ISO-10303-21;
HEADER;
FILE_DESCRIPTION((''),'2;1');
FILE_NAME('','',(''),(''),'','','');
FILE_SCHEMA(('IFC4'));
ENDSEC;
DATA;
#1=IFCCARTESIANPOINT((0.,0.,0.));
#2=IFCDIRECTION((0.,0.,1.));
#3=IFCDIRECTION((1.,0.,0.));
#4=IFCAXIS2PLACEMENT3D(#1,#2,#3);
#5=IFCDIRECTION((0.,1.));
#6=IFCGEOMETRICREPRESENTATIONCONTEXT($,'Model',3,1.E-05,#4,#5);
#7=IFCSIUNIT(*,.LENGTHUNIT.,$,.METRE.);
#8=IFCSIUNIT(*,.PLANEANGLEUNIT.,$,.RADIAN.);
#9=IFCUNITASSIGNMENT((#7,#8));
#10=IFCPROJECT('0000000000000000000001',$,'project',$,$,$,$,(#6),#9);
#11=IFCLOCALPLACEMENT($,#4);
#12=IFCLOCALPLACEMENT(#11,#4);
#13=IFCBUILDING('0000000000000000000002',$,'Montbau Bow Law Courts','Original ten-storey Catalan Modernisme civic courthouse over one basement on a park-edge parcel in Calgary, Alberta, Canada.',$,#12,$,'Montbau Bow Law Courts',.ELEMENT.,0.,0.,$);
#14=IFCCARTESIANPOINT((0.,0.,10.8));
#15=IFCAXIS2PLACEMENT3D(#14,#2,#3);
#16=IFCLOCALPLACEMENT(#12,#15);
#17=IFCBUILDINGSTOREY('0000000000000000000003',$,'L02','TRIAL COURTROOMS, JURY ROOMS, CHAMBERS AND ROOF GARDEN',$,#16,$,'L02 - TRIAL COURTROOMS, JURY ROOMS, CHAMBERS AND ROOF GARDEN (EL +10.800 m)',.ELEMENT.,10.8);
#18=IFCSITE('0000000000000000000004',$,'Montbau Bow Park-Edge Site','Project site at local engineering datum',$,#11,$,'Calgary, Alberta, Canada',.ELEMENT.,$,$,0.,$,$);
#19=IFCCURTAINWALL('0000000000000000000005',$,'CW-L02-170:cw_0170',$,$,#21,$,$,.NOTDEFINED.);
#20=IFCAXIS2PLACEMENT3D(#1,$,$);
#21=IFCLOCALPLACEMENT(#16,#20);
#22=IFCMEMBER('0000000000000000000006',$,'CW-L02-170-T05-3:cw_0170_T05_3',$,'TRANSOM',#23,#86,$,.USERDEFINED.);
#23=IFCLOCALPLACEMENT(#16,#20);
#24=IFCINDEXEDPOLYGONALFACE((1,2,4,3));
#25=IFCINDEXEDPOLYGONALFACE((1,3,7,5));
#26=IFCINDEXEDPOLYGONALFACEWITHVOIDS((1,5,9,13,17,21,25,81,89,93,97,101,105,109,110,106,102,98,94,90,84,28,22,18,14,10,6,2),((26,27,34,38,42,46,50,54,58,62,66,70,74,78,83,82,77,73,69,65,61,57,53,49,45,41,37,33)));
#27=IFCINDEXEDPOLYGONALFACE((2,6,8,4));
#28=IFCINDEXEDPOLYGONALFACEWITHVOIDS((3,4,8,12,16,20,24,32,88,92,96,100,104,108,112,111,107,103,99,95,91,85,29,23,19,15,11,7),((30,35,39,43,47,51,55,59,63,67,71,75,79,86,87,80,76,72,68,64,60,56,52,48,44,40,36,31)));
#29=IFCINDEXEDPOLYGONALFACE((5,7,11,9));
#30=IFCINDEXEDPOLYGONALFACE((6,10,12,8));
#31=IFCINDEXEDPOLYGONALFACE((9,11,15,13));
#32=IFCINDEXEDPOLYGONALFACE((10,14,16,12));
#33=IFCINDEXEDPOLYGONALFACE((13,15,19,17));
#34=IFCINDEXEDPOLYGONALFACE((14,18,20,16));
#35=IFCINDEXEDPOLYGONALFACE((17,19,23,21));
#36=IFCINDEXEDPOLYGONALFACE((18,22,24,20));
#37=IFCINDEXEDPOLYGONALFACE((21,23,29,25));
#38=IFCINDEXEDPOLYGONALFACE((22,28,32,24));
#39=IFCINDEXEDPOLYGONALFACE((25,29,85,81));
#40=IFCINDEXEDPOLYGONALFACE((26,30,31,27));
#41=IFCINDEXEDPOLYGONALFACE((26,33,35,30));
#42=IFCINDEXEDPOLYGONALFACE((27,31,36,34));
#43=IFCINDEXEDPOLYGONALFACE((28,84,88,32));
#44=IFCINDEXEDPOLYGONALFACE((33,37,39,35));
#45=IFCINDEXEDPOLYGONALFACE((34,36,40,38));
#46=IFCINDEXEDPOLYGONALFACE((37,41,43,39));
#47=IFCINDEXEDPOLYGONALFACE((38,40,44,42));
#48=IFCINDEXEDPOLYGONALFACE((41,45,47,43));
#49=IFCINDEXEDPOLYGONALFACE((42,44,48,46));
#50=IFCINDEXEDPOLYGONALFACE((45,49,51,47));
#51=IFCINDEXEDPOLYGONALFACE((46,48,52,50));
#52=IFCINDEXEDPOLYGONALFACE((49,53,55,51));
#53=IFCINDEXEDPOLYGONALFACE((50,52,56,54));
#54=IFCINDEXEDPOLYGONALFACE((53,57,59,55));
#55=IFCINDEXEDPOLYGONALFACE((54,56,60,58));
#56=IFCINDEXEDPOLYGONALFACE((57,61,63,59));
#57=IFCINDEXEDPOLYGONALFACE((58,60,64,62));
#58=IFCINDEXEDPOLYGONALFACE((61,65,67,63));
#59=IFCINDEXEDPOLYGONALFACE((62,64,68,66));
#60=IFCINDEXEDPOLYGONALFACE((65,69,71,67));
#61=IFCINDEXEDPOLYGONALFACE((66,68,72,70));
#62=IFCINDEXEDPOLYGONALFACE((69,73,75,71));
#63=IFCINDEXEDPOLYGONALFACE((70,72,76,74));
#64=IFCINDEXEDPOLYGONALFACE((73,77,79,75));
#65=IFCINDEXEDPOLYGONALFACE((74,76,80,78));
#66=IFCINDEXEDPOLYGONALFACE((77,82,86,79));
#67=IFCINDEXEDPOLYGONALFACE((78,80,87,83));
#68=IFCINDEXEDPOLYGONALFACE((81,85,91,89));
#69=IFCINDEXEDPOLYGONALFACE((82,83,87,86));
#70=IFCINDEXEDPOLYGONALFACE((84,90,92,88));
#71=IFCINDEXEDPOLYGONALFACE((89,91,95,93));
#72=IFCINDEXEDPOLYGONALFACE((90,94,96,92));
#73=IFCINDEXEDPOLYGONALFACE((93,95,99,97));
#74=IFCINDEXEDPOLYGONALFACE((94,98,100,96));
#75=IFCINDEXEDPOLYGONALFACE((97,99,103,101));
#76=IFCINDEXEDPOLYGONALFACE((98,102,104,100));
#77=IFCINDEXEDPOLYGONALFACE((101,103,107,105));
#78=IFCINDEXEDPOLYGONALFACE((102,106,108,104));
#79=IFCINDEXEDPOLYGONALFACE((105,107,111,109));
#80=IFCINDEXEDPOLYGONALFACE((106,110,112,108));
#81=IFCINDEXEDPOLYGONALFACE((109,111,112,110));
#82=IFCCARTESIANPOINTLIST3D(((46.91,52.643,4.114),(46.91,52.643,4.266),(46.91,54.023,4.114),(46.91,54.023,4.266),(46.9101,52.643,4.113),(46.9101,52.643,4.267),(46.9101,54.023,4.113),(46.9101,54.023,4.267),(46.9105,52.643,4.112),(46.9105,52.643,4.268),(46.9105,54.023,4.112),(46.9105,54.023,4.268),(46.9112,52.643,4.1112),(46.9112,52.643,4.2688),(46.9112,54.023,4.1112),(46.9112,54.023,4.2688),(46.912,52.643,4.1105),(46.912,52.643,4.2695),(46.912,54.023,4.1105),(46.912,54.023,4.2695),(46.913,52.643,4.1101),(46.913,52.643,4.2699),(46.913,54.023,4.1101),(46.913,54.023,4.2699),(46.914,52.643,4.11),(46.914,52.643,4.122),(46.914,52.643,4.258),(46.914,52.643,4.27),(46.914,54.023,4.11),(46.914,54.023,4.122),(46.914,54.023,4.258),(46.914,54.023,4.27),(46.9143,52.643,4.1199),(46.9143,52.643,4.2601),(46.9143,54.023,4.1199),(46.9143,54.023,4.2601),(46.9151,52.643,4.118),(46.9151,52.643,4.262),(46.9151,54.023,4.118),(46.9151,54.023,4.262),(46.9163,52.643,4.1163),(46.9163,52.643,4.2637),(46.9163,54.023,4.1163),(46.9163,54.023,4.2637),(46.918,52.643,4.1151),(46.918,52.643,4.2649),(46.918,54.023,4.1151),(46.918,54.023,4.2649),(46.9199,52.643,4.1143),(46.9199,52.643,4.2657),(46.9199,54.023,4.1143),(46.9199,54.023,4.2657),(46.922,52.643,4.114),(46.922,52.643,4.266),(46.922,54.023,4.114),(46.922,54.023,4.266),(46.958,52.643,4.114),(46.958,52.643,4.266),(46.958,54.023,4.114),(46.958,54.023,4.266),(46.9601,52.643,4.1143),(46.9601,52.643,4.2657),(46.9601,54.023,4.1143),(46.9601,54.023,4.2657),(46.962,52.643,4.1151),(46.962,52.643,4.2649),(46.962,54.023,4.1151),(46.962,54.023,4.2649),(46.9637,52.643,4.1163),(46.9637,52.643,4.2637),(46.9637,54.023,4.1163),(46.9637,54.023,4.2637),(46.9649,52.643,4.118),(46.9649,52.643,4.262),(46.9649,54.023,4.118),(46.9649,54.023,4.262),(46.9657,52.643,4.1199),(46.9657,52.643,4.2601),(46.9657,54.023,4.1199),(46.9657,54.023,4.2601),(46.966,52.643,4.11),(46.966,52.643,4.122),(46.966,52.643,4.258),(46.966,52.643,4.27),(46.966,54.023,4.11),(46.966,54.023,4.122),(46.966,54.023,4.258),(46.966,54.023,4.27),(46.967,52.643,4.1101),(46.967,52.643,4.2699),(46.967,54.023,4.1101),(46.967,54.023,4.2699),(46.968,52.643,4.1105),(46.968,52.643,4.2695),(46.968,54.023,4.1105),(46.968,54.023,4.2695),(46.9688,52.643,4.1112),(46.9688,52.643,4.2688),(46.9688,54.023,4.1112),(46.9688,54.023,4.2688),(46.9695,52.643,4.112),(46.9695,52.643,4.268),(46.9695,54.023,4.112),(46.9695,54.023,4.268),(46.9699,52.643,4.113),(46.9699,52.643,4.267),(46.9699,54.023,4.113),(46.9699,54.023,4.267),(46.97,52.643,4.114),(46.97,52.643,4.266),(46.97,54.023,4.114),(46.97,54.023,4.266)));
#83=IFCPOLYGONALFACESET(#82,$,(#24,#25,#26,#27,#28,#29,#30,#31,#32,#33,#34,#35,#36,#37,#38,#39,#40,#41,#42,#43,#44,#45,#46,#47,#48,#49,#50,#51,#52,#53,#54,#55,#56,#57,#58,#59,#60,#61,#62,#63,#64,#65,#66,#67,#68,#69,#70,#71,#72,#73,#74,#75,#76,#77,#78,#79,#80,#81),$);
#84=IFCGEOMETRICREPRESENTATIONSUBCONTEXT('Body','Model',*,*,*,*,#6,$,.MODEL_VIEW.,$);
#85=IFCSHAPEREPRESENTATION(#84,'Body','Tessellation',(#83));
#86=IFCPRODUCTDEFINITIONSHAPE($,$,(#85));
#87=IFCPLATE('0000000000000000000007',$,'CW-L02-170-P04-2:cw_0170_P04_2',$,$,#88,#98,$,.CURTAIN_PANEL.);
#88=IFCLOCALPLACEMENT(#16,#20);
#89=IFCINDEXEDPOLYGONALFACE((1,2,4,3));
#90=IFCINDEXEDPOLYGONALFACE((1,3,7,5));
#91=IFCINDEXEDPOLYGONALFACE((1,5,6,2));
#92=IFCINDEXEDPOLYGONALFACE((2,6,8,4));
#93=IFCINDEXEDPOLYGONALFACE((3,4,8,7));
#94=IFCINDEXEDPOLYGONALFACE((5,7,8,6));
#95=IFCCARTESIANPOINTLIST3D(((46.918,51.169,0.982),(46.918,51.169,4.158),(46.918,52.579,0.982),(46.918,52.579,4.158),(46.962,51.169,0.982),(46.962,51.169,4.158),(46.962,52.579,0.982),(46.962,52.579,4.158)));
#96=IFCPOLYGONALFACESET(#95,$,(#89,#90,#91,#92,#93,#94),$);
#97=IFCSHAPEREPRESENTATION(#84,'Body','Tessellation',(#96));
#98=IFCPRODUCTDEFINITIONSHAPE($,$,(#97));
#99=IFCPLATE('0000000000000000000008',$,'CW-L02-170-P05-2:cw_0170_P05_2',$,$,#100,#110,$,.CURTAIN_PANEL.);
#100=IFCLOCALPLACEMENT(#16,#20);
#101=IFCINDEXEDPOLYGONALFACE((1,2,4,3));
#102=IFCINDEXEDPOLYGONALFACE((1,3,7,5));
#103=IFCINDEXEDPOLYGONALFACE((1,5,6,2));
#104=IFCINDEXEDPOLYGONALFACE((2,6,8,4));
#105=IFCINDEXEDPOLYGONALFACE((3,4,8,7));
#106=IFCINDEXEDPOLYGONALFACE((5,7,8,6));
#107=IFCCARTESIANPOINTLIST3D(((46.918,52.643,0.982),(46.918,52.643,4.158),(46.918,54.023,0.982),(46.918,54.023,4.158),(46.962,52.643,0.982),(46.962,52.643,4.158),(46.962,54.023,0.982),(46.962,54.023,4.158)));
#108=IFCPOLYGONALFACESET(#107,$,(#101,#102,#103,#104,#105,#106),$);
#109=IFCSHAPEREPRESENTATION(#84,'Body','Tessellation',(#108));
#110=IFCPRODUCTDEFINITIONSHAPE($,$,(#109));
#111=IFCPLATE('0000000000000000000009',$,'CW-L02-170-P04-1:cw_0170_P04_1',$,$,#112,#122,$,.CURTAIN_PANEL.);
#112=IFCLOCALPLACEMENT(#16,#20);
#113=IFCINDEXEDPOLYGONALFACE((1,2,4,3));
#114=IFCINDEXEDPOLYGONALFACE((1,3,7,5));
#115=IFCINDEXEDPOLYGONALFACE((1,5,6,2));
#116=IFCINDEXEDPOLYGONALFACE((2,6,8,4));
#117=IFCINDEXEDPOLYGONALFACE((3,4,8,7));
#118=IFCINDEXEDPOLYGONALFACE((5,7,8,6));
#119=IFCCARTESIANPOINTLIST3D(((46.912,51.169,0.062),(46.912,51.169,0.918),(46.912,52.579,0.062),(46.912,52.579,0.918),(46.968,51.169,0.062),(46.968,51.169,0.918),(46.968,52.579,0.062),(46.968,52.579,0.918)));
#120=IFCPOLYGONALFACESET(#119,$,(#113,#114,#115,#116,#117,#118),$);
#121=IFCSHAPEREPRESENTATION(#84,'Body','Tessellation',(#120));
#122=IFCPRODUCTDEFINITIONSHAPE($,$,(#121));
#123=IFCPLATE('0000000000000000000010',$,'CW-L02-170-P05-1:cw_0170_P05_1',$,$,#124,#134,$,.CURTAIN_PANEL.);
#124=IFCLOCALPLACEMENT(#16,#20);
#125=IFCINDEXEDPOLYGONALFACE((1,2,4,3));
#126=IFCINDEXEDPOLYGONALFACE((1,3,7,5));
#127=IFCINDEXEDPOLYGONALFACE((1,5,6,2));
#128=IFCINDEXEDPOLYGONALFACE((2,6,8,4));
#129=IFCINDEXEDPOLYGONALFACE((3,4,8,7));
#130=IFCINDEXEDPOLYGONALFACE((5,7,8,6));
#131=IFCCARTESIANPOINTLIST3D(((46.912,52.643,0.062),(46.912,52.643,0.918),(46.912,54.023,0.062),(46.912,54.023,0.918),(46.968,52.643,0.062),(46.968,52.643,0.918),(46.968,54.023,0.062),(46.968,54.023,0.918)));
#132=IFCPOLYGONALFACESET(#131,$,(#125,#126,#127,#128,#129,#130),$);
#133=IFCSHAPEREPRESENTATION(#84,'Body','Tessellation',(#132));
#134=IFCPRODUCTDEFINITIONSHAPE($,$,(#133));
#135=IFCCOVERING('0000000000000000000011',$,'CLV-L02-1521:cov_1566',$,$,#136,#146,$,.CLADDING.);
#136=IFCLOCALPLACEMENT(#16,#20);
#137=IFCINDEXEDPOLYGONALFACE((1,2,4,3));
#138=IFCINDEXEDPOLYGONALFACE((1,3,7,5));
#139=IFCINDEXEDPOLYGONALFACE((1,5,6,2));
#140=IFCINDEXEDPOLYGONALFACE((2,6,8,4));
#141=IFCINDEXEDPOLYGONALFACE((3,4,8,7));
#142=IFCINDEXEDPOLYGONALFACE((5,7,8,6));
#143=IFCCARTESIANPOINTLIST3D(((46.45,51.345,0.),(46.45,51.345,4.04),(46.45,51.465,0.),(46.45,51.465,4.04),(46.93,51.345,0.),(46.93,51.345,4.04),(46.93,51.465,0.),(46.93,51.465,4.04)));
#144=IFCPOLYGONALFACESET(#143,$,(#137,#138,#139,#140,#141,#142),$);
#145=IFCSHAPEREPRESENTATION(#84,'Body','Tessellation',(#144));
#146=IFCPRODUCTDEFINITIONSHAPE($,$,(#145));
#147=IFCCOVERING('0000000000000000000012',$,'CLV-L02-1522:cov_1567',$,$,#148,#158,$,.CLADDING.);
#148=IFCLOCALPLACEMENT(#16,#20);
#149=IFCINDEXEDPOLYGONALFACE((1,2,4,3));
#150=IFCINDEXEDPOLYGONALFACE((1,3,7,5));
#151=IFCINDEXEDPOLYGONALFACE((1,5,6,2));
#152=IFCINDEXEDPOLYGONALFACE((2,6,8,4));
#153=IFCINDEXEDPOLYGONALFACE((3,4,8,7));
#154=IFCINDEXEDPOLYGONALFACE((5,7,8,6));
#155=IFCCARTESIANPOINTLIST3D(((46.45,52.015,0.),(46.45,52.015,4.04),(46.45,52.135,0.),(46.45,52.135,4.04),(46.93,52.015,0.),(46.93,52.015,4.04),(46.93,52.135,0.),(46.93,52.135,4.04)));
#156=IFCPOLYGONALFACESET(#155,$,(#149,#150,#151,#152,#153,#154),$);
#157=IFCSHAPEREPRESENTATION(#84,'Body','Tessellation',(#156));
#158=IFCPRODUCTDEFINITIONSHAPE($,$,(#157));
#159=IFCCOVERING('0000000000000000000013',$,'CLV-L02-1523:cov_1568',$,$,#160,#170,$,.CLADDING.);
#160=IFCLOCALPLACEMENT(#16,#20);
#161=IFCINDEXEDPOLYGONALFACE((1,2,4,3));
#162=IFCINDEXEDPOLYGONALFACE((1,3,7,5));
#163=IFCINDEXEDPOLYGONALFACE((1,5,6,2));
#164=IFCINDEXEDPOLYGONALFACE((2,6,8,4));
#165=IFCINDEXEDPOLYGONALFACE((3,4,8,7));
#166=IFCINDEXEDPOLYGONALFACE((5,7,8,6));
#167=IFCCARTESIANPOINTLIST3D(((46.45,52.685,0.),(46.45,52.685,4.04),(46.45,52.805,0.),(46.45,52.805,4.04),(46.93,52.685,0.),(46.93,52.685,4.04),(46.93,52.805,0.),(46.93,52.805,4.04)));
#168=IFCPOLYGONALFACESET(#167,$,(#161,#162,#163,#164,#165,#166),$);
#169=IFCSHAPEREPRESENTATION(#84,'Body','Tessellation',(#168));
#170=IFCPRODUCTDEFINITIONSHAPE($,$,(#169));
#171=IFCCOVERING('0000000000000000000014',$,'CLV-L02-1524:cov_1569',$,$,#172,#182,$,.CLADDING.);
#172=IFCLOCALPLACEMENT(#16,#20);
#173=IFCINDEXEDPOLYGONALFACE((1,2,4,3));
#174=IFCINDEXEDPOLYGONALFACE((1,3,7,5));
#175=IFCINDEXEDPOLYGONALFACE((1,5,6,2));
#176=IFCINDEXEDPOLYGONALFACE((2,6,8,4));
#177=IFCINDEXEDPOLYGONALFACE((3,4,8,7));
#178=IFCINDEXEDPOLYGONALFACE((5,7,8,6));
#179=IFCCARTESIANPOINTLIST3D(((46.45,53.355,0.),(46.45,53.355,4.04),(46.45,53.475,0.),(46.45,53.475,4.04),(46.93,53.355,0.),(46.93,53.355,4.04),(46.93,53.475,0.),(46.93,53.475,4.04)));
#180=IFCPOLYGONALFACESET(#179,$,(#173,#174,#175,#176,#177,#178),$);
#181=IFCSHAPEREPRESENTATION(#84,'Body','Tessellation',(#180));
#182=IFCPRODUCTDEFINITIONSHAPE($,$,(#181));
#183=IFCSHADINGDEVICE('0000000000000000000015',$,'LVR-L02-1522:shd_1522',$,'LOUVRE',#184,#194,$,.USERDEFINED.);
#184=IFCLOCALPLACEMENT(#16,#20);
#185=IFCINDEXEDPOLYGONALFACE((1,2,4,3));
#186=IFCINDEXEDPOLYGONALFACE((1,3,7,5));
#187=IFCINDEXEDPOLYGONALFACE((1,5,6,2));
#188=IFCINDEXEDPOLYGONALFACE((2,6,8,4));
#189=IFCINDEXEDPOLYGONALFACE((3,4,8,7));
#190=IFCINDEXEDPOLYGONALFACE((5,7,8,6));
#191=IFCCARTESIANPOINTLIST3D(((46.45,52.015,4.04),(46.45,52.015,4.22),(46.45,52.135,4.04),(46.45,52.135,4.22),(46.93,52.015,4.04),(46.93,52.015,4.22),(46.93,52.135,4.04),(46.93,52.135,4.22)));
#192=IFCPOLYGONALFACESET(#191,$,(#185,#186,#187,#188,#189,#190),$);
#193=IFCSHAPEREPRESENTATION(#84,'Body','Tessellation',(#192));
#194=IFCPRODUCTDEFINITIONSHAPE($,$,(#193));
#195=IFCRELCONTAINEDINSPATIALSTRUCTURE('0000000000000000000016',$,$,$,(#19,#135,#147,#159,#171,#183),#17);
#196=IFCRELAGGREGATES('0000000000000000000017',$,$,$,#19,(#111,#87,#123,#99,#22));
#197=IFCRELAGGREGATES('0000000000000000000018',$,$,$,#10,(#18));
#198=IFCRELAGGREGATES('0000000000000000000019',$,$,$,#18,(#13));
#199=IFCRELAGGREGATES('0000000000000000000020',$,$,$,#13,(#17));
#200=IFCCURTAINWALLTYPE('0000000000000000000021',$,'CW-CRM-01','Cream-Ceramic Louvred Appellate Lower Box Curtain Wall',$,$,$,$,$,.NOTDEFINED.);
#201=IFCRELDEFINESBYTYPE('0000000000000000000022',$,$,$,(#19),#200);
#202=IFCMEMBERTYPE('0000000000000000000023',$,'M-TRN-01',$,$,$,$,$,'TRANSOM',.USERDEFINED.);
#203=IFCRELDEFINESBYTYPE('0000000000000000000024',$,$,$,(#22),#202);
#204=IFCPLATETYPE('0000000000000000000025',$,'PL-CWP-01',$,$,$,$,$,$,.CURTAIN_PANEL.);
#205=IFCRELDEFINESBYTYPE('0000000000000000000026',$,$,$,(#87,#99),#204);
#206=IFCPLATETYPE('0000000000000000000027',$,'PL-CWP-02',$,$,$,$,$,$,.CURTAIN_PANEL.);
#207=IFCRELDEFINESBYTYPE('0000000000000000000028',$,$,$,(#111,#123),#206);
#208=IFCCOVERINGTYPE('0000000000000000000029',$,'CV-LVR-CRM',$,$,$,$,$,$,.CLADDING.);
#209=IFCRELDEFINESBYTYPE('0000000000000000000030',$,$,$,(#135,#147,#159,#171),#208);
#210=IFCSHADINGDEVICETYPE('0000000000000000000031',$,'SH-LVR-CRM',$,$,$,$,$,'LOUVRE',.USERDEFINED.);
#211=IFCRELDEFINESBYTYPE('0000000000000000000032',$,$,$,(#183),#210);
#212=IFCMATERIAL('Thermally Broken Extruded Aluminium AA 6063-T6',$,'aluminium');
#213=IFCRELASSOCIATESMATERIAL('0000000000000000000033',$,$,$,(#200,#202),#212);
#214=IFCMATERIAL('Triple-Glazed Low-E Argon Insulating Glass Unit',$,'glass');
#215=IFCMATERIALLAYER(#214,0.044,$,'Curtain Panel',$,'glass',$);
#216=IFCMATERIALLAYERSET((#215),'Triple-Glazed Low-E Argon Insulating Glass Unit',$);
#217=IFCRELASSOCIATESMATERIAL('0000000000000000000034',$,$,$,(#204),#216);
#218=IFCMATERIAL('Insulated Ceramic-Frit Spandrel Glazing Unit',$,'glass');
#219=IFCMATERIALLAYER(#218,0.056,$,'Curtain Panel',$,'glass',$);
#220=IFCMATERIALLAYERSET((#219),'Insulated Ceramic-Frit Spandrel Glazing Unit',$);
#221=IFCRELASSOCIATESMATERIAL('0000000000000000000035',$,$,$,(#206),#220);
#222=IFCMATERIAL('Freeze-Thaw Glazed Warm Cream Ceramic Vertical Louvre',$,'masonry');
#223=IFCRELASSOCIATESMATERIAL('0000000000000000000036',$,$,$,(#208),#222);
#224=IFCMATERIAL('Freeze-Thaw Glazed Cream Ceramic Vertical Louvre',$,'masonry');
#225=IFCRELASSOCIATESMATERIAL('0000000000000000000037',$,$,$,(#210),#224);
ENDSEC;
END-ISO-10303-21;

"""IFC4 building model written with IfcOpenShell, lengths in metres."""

from ifc_helpers import new_model, si_unit, direction, frame, frame_2d, origin_with_axes, origin_2d_with_axis, place, context, subcontext, project, spatial, rectangle, hollow_rectangle, extrude, material, layer, layer_set, material_profile, profile_set, type_object, element, aggregate, save


model = new_model("IFC4")

# Units and contexts
model_context = context("Model", 3, precision=1e-05, world=origin_with_axes(), true_north=direction((0.0, 1.0)))
body_context = subcontext(model_context, "Body", "Model", "MODEL_VIEW")
ifc_project = project(units=[si_unit("LENGTHUNIT", "METRE"), si_unit("PLANEANGLEUNIT", "RADIAN")], contexts=[model_context])

# Site, building, storey
site_placement = place(None, origin_with_axes())
site = spatial("IfcSite", under=ifc_project, at=site_placement, Name="Montbau Bow Park-Edge Site", Description="Project site at local engineering datum", LongName="Calgary, Alberta, Canada", CompositionType="ELEMENT", RefElevation=0.0)
building_placement = place(site_placement, origin_with_axes())
building = spatial("IfcBuilding", under=site, at=building_placement, Name="Montbau Bow Law Courts", Description="Original ten-storey Catalan Modernisme civic courthouse over one basement on a park-edge parcel in Calgary, Alberta, Canada.", LongName="Montbau Bow Law Courts", CompositionType="ELEMENT", ElevationOfRefHeight=0.0, ElevationOfTerrain=0.0)
storey_placement = place(building_placement, frame((0.0, 0.0, 10.8), z_axis=(0.0, 0.0, 1.0), x_axis=(1.0, 0.0, 0.0)))
storey = spatial("IfcBuildingStorey", under=building, at=storey_placement, Name="L02", Description="TRIAL COURTROOMS, JURY ROOMS, CHAMBERS AND ROOF GARDEN", LongName="L02 - TRIAL COURTROOMS, JURY ROOMS, CHAMBERS AND ROOF GARDEN (EL +10.800 m)", CompositionType="ELEMENT", Elevation=10.8)

# Curtain wall, member, plates
ifc_material_1 = material(Name="Thermally Broken Extruded Aluminium AA 6063-T6", Category="aluminium")
curtain_wall_type = type_object("IfcCurtainWallType", Name="CW-CRM-01", Description="Cream-Ceramic Louvred Appellate Lower Box Curtain Wall", PredefinedType="NOTDEFINED", material=ifc_material_1)
curtain_wall_placement = place(None, frame((46.94, 46.715, 10.8), z_axis=(0.0, 0.0, 1.0), x_axis=(1.0, 0.0, 0.0)))
curtain_wall = element("IfcCurtainWall", 1, at=curtain_wall_placement, inside=storey, type_object=curtain_wall_type, Name="CW-L02-170:cw_0170", PredefinedType="NOTDEFINED")
ifc_material_profile_1 = material_profile(ifc_material_1, hollow_rectangle(XDim=0.06, YDim=0.16, WallThickness=0.004, InnerFilletRadius=0.008, OuterFilletRadius=0.004, at=origin_2d_with_axis()), Name="CWT-160X60", Category="Main", Priority=0)
ifc_profile_set_1 = profile_set([ifc_material_profile_1], Name="Thermally Broken Extruded Aluminium AA 6063-T6")
member_type_1 = type_object("IfcMemberType", Name="M-TRN-01", ElementType="TRANSOM", PredefinedType="USERDEFINED", material=ifc_profile_set_1)
member_1_placement = place(None, frame((46.94, 52.643, 14.99), z_axis=(0.0, 1.0, 0.0), x_axis=(-1.0, 0.0, 0.0)))
member_1 = element("IfcMember", 2, at=member_1_placement, type_object=member_type_1, Name="CW-L02-170-T05-3:cw_0170_T05_3", ObjectType="TRANSOM", PredefinedType="USERDEFINED", context=body_context, shape_type="SweptSolid", body=[
    extrude(hollow_rectangle(XDim=0.06, YDim=0.16, WallThickness=0.004, InnerFilletRadius=0.008, OuterFilletRadius=0.004, at=origin_2d_with_axis()), origin_with_axes(), (0.0, 0.0, 1.0), 1.38),
])
ifc_material_2 = material(Name="Triple-Glazed Low-E Argon Insulating Glass Unit", Category="glass")
ifc_layer_1 = layer(ifc_material_2, 0.044, Name="Curtain Panel", Category="glass")
ifc_layer_set_1 = layer_set([ifc_layer_1], Name="Triple-Glazed Low-E Argon Insulating Glass Unit")
plate_type_1 = type_object("IfcPlateType", Name="PL-CWP-01", PredefinedType="CURTAIN_PANEL", material=ifc_layer_set_1)
plate_1_placement = place(None, frame((46.94, 51.169, 11.782), z_axis=(1.0, 0.0, 0.0), x_axis=(0.0, 1.0, 0.0)))
plate_1 = element("IfcPlate", 3, at=plate_1_placement, type_object=plate_type_1, Name="CW-L02-170-P04-2:cw_0170_P04_2", PredefinedType="CURTAIN_PANEL", context=body_context, shape_type="SweptSolid", body=[
    extrude(rectangle(XDim=1.41, YDim=3.176, at=frame_2d((0.705, 1.588), x_axis=(1.0, 0.0))), frame((0.0, 0.0, -0.022), z_axis=(0.0, 0.0, 1.0), x_axis=(1.0, 0.0, 0.0)), (0.0, 0.0, 1.0), 0.044),
])
plate_2_placement = place(None, frame((46.94, 52.643, 11.782), z_axis=(1.0, 0.0, 0.0), x_axis=(0.0, 1.0, 0.0)))
plate_2 = element("IfcPlate", 4, at=plate_2_placement, type_object=plate_type_1, Name="CW-L02-170-P05-2:cw_0170_P05_2", PredefinedType="CURTAIN_PANEL", context=body_context, shape_type="SweptSolid", body=[
    extrude(rectangle(XDim=1.38, YDim=3.176, at=frame_2d((0.69, 1.588), x_axis=(1.0, 0.0))), frame((0.0, 0.0, -0.022), z_axis=(0.0, 0.0, 1.0), x_axis=(1.0, 0.0, 0.0)), (0.0, 0.0, 1.0), 0.044),
])
ifc_material_3 = material(Name="Insulated Ceramic-Frit Spandrel Glazing Unit", Category="glass")
ifc_layer_2 = layer(ifc_material_3, 0.056, Name="Curtain Panel", Category="glass")
ifc_layer_set_2 = layer_set([ifc_layer_2], Name="Insulated Ceramic-Frit Spandrel Glazing Unit")
plate_type_2 = type_object("IfcPlateType", Name="PL-CWP-02", PredefinedType="CURTAIN_PANEL", material=ifc_layer_set_2)
plate_3_placement = place(None, frame((46.94, 51.169, 10.862), z_axis=(1.0, 0.0, 0.0), x_axis=(0.0, 1.0, 0.0)))
plate_3 = element("IfcPlate", 5, at=plate_3_placement, type_object=plate_type_2, Name="CW-L02-170-P04-1:cw_0170_P04_1", PredefinedType="CURTAIN_PANEL", context=body_context, shape_type="SweptSolid", body=[
    extrude(rectangle(XDim=1.41, YDim=0.856, at=frame_2d((0.705, 0.428), x_axis=(1.0, 0.0))), frame((0.0, 0.0, -0.028), z_axis=(0.0, 0.0, 1.0), x_axis=(1.0, 0.0, 0.0)), (0.0, 0.0, 1.0), 0.056),
])
plate_4_placement = place(None, frame((46.94, 52.643, 10.862), z_axis=(1.0, 0.0, 0.0), x_axis=(0.0, 1.0, 0.0)))
plate_4 = element("IfcPlate", 6, at=plate_4_placement, type_object=plate_type_2, Name="CW-L02-170-P05-1:cw_0170_P05_1", PredefinedType="CURTAIN_PANEL", context=body_context, shape_type="SweptSolid", body=[
    extrude(rectangle(XDim=1.38, YDim=0.856, at=frame_2d((0.69, 0.428), x_axis=(1.0, 0.0))), frame((0.0, 0.0, -0.028), z_axis=(0.0, 0.0, 1.0), x_axis=(1.0, 0.0, 0.0)), (0.0, 0.0, 1.0), 0.056),
])
aggregate(curtain_wall, [plate_3, plate_1, plate_4, plate_2, member_1])

# Coverings
ifc_material_4 = material(Name="Freeze-Thaw Glazed Warm Cream Ceramic Vertical Louvre", Category="masonry")
covering_type = type_object("IfcCoveringType", Name="CV-LVR-CRM", PredefinedType="CLADDING", material=ifc_material_4)
for number, where, z_axis, x_axis, name in (
    (7, (46.93, 51.405, 10.8), (0.0, 1.0, 0.0), (-1.0, 0.0, 0.0), "CLV-L02-1521:cov_1566"),
    (8, (46.93, 52.075, 10.8), (0.0, 1.0, 0.0), (-1.0, 0.0, 0.0), "CLV-L02-1522:cov_1567"),
    (9, (46.93, 52.745, 10.8), (0.0, 1.0, 0.0), (-1.0, 0.0, 0.0), "CLV-L02-1523:cov_1568"),
    (10, (46.93, 53.415, 10.8), (0.0, 1.0, 0.0), (-1.0, 0.0, 0.0), "CLV-L02-1524:cov_1569"),
):
    element("IfcCovering", number, at=place(None, frame(where, z_axis=z_axis, x_axis=x_axis)), inside=storey, type_object=covering_type, Name=name, PredefinedType="CLADDING", context=body_context, shape_type="SweptSolid", body=[
        extrude(rectangle(XDim=0.48, YDim=4.04, at=frame_2d((0.24, 2.02), x_axis=(1.0, 0.0))), frame((0.0, 0.0, -0.06), z_axis=(0.0, 0.0, 1.0), x_axis=(1.0, 0.0, 0.0)), (0.0, 0.0, 1.0), 0.12),
    ])

# Shading device
ifc_material_5 = material(Name="Freeze-Thaw Glazed Cream Ceramic Vertical Louvre", Category="masonry")
shading_device_type_1 = type_object("IfcShadingDeviceType", Name="SH-LVR-CRM", ElementType="LOUVRE", PredefinedType="USERDEFINED", material=ifc_material_5)
for number, where, z_axis, x_axis, name in (
    (11, (46.69, 52.075, 14.84), (0.0, 0.0, 1.0), (-1.0, 0.0, 0.0), "LVR-L02-1522:shd_1522"),
):
    element("IfcShadingDevice", number, at=place(None, frame(where, z_axis=z_axis, x_axis=x_axis)), inside=storey, type_object=shading_device_type_1, Name=name, ObjectType="LOUVRE", PredefinedType="USERDEFINED", context=body_context, shape_type="SweptSolid", body=[
        extrude(rectangle(XDim=0.48, YDim=0.12, at=origin_2d_with_axis()), origin_with_axes(), (0.0, 0.0, 1.0), 0.18),
    ])

save(model, "model.ifc")
